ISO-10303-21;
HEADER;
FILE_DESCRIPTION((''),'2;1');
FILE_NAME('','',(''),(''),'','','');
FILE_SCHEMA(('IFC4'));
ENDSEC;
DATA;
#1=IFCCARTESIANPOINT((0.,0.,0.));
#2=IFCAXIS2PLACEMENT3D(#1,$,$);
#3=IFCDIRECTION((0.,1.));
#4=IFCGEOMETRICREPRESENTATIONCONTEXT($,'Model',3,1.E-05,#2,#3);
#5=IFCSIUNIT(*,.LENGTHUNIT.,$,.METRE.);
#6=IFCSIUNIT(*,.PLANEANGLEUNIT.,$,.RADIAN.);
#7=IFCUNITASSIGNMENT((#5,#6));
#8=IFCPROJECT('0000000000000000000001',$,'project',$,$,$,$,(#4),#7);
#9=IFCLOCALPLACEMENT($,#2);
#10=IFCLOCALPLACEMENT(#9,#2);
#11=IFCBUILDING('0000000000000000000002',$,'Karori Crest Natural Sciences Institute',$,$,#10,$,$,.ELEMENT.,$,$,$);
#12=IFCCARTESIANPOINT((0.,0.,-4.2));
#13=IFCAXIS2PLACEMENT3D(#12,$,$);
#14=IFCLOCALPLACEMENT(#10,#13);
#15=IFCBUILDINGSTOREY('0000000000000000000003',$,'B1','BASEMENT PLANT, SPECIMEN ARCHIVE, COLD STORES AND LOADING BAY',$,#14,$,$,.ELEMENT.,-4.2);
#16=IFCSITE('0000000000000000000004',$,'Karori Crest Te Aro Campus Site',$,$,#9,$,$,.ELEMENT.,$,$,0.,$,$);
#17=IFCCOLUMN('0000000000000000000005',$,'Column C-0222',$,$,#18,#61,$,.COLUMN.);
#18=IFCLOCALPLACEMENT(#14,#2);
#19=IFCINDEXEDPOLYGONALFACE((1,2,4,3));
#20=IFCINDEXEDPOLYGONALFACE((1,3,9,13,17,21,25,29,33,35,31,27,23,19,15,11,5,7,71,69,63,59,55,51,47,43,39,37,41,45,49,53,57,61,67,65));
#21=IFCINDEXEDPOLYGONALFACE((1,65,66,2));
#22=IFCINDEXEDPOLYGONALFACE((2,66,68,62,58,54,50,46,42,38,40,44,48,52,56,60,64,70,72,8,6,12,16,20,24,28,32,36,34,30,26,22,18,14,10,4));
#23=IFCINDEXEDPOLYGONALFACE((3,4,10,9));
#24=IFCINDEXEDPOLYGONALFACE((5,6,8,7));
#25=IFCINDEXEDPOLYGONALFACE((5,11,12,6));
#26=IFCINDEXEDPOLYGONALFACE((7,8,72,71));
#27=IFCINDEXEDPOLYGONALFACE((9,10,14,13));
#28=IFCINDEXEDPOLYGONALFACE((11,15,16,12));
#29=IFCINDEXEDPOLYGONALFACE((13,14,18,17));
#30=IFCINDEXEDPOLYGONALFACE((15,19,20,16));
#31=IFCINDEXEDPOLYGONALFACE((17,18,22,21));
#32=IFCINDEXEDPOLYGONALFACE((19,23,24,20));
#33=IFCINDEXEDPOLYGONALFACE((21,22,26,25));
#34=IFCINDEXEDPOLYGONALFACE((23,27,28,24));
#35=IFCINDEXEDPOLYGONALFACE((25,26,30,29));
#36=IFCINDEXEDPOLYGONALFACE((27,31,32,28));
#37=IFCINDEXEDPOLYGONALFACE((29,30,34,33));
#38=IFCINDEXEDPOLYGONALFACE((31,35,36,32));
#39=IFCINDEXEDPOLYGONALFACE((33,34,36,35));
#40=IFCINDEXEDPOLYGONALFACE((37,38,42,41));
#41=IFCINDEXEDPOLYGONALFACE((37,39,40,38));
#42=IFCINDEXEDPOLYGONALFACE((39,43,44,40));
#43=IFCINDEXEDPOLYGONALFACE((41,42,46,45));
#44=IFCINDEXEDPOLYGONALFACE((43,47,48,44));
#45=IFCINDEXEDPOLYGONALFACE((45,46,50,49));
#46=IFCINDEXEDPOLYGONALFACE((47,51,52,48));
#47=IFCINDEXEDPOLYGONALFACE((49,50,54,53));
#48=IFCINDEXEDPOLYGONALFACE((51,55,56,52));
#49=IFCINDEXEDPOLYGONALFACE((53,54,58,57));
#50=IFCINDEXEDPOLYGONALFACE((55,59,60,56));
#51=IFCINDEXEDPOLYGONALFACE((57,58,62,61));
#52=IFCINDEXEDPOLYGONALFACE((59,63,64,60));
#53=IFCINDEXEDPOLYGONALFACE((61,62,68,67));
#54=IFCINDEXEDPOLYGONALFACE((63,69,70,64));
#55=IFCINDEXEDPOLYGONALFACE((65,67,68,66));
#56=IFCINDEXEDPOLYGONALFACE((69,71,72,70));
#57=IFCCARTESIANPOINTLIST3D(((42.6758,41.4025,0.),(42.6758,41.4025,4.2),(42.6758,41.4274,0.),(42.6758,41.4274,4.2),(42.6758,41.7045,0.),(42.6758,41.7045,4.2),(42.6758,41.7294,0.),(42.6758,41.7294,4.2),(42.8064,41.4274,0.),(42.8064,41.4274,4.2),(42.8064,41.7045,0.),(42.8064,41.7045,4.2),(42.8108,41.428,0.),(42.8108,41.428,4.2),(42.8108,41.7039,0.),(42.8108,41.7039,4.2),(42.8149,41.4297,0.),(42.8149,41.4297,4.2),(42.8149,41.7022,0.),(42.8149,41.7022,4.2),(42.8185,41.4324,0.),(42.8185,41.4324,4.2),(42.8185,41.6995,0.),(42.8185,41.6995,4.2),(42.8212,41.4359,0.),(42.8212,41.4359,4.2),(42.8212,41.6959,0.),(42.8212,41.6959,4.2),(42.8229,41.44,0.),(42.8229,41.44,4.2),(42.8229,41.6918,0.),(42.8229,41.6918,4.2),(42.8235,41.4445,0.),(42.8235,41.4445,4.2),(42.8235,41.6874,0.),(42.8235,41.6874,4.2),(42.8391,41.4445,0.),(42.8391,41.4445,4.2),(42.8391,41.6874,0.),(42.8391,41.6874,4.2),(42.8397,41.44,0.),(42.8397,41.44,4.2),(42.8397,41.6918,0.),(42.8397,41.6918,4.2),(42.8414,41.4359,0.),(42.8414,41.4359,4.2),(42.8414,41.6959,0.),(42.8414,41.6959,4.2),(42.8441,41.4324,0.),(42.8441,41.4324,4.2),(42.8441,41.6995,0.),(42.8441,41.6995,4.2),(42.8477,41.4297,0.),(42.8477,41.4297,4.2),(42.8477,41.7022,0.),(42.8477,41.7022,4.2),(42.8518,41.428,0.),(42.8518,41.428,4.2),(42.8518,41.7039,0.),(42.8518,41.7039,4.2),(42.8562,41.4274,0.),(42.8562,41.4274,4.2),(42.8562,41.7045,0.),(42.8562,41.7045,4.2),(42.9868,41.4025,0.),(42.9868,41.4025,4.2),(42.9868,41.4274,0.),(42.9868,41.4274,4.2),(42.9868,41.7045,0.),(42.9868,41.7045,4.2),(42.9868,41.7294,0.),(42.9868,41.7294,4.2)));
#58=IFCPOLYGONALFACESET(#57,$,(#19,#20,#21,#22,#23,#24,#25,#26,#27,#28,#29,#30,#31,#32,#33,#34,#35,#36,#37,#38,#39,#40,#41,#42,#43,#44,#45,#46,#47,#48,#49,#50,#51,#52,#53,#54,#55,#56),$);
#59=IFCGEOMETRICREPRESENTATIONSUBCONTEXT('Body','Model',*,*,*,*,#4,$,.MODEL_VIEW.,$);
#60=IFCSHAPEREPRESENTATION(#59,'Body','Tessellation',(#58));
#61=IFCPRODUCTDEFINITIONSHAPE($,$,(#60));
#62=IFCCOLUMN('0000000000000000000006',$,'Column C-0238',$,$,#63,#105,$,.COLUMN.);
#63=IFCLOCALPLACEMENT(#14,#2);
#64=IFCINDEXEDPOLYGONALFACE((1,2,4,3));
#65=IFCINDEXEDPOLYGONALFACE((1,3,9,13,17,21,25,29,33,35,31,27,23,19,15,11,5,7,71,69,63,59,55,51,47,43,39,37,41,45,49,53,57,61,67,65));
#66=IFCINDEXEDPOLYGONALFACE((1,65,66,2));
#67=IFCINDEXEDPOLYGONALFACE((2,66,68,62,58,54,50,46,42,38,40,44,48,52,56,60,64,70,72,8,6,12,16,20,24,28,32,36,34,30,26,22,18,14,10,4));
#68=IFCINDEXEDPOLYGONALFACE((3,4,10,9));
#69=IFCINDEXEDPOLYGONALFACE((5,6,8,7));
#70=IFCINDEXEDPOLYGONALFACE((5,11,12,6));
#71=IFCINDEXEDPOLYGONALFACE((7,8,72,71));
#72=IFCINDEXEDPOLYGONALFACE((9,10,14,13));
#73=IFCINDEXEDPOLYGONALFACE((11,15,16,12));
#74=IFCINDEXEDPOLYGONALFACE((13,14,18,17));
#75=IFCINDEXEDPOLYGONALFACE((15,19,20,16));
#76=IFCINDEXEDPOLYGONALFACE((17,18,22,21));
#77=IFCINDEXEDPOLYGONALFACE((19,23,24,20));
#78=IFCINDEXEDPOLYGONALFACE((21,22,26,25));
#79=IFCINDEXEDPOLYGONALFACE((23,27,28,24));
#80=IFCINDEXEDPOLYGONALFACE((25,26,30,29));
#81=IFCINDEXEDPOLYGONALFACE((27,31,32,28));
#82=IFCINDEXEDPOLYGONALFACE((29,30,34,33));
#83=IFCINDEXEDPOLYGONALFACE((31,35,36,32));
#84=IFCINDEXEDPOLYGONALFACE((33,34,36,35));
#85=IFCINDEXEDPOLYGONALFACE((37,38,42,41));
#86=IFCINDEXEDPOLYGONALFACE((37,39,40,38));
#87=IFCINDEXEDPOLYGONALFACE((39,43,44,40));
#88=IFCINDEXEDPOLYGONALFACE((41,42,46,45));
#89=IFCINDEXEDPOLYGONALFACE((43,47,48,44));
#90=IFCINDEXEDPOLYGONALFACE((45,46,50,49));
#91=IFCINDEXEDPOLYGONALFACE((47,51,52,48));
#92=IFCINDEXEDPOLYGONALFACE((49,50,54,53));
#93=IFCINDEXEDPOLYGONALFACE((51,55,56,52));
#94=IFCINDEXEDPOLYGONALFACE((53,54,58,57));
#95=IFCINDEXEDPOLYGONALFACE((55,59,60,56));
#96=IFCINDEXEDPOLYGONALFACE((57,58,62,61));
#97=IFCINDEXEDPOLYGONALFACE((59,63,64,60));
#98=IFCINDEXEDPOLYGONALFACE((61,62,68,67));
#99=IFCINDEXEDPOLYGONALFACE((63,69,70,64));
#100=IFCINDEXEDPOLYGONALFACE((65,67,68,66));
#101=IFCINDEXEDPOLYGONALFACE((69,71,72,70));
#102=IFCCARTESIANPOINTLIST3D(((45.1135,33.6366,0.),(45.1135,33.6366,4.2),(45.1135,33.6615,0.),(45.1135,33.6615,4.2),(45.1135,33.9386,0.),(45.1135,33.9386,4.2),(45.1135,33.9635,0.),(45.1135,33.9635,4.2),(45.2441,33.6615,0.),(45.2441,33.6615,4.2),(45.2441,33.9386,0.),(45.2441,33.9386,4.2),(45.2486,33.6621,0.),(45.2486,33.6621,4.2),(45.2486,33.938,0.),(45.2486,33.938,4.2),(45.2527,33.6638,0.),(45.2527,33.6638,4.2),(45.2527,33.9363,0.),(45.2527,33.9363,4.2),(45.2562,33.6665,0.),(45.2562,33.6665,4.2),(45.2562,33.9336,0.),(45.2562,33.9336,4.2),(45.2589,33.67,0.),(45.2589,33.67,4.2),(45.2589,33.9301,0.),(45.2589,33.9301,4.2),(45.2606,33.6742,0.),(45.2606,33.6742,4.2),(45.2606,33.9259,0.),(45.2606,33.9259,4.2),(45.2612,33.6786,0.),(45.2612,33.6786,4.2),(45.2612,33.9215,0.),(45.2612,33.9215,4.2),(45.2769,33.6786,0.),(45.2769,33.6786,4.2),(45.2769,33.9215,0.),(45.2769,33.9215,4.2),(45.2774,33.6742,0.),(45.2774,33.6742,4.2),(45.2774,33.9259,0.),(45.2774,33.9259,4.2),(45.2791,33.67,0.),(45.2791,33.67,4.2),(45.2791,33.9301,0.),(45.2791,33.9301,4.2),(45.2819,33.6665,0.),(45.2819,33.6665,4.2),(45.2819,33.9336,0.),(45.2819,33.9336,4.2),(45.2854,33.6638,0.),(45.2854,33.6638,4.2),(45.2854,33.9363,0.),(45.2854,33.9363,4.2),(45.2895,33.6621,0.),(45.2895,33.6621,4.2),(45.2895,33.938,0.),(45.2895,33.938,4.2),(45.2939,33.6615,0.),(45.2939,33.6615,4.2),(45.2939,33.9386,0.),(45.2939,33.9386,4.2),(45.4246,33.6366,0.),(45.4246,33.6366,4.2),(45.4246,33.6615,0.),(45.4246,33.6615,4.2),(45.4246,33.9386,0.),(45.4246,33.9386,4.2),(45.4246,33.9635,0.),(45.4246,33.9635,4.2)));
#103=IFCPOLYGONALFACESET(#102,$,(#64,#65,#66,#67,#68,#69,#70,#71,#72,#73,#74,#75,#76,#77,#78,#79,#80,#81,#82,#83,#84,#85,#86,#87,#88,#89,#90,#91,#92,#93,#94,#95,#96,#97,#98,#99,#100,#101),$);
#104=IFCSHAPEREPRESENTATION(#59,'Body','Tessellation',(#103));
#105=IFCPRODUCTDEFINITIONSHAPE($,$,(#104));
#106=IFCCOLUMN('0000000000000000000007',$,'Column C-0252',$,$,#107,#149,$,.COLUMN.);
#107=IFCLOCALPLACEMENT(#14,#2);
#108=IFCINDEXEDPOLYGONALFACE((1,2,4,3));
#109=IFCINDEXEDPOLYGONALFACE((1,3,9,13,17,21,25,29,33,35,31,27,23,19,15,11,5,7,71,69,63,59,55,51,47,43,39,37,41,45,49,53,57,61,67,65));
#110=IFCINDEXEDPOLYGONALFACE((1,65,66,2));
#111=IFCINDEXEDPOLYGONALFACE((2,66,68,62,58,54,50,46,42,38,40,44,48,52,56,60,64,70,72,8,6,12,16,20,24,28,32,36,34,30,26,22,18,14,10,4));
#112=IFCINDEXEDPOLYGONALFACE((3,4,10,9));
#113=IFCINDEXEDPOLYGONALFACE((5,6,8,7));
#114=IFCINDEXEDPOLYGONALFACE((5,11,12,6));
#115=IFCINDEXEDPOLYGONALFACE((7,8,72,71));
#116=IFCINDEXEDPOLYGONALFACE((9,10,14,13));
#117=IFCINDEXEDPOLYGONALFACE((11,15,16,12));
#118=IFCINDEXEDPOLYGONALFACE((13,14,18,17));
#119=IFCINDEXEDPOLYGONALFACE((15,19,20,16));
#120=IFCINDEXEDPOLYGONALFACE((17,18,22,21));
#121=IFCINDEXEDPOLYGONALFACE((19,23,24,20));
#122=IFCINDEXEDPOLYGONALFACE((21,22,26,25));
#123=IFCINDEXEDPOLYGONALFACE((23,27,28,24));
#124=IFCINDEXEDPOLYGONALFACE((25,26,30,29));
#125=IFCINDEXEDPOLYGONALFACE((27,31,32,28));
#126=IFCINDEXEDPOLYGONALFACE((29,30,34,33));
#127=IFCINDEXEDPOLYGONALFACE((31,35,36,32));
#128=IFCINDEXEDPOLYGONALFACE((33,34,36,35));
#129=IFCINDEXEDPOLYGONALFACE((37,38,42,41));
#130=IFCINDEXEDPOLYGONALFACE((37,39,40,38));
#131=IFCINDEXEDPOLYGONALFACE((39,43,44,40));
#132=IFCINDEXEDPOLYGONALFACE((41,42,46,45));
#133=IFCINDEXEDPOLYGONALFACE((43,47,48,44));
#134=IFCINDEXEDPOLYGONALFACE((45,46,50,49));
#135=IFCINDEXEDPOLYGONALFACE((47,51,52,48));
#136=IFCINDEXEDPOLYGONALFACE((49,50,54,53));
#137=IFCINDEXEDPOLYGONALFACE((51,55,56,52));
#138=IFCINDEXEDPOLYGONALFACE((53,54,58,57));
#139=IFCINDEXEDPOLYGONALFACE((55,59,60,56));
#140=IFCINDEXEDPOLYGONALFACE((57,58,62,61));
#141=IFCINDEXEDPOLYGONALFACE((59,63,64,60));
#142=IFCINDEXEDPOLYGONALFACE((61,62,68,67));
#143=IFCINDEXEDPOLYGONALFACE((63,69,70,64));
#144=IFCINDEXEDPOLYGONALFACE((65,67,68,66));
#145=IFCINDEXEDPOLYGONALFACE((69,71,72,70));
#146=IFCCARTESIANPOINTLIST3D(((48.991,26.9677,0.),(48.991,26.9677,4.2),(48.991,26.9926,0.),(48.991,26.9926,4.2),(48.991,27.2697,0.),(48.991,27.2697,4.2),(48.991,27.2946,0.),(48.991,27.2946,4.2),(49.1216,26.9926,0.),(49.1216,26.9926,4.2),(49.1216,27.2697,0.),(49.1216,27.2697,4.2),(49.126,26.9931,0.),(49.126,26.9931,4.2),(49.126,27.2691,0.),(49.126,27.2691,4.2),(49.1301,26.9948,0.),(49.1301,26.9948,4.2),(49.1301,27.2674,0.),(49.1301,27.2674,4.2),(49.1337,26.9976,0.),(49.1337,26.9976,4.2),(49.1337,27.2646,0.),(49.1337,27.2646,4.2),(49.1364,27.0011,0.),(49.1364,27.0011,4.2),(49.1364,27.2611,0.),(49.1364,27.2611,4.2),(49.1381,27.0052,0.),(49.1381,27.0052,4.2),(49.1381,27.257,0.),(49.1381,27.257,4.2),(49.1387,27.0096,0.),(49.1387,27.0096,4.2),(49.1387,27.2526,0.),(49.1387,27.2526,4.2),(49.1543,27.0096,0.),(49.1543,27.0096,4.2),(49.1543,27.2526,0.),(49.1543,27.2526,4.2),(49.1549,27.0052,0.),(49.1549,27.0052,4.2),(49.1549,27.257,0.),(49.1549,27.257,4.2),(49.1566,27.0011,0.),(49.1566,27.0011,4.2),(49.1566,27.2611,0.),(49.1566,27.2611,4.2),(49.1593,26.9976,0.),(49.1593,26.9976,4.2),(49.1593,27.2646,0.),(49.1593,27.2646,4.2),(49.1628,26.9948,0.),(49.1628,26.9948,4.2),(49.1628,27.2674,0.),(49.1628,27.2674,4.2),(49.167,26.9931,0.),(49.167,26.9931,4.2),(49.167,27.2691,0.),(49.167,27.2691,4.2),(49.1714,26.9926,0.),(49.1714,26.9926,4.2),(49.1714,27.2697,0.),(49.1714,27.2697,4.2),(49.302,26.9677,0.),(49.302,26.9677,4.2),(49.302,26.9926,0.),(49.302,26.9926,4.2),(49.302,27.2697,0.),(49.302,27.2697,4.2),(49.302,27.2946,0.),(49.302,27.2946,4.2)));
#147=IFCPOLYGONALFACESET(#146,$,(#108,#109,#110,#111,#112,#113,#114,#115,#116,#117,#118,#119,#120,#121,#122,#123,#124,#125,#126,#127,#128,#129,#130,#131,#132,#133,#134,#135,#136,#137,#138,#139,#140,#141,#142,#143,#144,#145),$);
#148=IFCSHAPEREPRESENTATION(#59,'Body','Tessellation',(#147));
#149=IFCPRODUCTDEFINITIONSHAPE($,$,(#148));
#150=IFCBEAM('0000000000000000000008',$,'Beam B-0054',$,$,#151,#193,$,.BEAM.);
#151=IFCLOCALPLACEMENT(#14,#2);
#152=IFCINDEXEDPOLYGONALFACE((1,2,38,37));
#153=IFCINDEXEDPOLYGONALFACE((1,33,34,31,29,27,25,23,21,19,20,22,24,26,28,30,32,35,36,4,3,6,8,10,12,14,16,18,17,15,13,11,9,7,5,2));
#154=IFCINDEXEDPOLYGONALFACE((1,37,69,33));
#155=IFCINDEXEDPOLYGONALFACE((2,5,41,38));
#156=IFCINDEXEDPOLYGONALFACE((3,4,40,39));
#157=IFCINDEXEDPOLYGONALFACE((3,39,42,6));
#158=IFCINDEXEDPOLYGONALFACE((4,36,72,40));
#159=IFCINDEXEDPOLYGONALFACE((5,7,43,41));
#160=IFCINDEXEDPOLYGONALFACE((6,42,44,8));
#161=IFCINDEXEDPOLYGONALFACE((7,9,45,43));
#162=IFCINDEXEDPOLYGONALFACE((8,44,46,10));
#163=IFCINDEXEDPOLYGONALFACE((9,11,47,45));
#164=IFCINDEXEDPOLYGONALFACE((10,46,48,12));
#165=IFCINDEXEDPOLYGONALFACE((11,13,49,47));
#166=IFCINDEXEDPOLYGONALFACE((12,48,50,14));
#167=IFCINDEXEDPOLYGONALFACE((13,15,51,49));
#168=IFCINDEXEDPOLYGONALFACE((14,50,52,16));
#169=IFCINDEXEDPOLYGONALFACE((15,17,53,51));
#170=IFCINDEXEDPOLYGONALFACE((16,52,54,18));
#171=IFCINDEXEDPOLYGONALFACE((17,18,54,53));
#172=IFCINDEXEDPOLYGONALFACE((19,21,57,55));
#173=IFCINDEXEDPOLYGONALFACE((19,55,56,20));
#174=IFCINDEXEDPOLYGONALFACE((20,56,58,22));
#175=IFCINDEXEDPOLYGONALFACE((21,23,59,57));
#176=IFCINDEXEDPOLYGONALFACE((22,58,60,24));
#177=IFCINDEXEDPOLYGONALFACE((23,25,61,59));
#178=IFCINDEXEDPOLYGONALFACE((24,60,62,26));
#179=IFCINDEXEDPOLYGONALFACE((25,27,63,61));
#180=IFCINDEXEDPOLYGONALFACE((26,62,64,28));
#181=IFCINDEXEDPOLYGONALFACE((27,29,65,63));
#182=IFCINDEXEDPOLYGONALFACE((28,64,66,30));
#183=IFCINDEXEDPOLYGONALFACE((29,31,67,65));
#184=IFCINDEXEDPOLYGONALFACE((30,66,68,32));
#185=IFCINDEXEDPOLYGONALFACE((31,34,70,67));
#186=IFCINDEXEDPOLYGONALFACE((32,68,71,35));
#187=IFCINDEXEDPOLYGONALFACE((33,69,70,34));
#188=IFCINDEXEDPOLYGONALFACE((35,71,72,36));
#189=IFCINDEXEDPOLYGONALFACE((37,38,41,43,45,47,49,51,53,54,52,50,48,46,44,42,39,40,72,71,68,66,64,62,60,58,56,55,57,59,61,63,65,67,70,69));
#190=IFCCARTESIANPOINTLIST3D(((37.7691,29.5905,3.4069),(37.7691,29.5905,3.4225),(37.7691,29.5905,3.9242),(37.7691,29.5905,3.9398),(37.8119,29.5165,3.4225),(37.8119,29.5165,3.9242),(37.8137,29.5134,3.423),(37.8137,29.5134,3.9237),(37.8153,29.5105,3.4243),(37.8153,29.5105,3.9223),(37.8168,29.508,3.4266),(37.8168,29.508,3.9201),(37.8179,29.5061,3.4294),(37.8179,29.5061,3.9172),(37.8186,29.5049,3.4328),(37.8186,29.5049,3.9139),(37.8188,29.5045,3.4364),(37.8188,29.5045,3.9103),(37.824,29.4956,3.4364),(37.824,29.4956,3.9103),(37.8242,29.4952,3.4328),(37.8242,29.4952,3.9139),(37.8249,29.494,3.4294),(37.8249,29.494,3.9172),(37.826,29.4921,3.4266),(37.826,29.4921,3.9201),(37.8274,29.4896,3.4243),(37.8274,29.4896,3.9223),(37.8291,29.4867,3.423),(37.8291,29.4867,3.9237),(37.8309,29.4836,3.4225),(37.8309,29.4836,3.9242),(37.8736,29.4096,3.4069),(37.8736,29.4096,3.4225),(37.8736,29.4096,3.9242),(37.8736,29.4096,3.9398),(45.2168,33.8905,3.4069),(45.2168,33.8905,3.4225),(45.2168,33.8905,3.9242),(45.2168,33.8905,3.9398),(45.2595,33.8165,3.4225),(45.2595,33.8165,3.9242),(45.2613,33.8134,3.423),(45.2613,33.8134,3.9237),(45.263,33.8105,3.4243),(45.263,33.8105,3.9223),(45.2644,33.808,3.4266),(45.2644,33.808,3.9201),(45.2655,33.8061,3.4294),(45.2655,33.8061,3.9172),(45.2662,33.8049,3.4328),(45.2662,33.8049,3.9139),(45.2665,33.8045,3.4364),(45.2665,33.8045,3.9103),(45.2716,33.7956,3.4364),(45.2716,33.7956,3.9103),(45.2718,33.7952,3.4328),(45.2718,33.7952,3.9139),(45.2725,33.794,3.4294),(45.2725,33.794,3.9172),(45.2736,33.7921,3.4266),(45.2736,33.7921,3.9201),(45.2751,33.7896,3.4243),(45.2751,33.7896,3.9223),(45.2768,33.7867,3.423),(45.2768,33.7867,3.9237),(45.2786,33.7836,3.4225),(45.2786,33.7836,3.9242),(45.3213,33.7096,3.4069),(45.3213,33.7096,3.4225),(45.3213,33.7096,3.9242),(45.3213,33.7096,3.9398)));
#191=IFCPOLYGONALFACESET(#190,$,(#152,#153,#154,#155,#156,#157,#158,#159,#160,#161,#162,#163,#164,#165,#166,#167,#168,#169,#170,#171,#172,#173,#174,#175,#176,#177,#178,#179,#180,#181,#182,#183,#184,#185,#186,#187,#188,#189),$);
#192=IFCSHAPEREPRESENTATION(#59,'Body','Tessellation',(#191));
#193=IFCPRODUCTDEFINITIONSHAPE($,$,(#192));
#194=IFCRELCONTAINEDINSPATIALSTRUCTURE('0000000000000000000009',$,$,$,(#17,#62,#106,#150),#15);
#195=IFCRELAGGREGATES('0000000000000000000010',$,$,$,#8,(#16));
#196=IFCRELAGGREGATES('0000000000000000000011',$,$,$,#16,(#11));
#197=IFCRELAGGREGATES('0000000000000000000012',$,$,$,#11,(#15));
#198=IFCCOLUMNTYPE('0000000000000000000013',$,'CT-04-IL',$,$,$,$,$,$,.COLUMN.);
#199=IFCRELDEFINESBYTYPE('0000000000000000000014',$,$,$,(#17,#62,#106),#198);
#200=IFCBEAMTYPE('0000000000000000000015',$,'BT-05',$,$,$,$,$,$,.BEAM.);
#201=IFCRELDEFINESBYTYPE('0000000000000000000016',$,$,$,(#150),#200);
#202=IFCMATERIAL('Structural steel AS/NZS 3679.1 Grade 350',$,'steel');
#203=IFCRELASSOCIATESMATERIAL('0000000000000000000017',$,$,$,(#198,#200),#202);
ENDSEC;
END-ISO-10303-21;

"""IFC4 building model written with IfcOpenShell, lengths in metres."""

from ifc_helpers import new_model, si_unit, direction, frame, origin, origin_2d, place, context, subcontext, project, spatial, i_section, extrude, material, material_profile, profile_set, type_object, element, save


model = new_model("IFC4")

# Units and contexts
model_context = context("Model", 3, precision=1e-05, world=origin(), true_north=direction((0.0, 1.0)))
body_context = subcontext(model_context, "Body", "Model", "MODEL_VIEW")
ifc_project = project(units=[si_unit("LENGTHUNIT", "METRE"), si_unit("PLANEANGLEUNIT", "RADIAN")], contexts=[model_context])

# Site, building, storey
site_placement = place(None, origin())
site = spatial("IfcSite", under=ifc_project, at=site_placement, Name="Karori Crest Te Aro Campus Site", CompositionType="ELEMENT", RefElevation=0.0)
building_placement = place(site_placement, origin())
building = spatial("IfcBuilding", under=site, at=building_placement, Name="Karori Crest Natural Sciences Institute", CompositionType="ELEMENT")
storey_placement = place(building_placement, frame((0.0, 0.0, -4.2)))
storey = spatial("IfcBuildingStorey", under=building, at=storey_placement, Name="B1", Description="BASEMENT PLANT, SPECIMEN ARCHIVE, COLD STORES AND LOADING BAY", CompositionType="ELEMENT", Elevation=-4.2)

# Columns
ifc_material_1 = material(Name="Structural steel AS/NZS 3679.1 Grade 350", Category="steel")
ifc_material_profile_1 = material_profile(ifc_material_1, i_section(OverallWidth=0.311, OverallDepth=0.3269, WebThickness=0.0156, FlangeThickness=0.0249, FilletRadius=0.0171, at=origin_2d()), Name="310UC158")
ifc_profile_set_1 = profile_set([ifc_material_profile_1], Name="Structural steel AS/NZS 3679.1 Grade 350")
column_type_1 = type_object("IfcColumnType", Name="CT-04-IL", PredefinedType="COLUMN", material=ifc_profile_set_1)
for number, where, z_axis, x_axis, name in (
    (1, (42.8313, 41.5659, 0.0), (0.0, 0.0, 1.0), (1.0, 0.0, 0.0), "Column C-0222"),
    (2, (45.269, 33.8, 0.0), (0.0, 0.0, 1.0), (1.0, 0.0, 0.0), "Column C-0238"),
    (3, (49.1465, 27.1311, 0.0), (0.0, 0.0, 1.0), (1.0, 0.0, 0.0), "Column C-0252"),
):
    element("IfcColumn", number, at=place(storey_placement, frame(where, z_axis=z_axis, x_axis=x_axis)), inside=storey, type_object=column_type_1, Name=name, PredefinedType="COLUMN", context=body_context, shape_type="SweptSolid", body=[
        extrude(i_section(OverallWidth=0.311, OverallDepth=0.3269, WebThickness=0.0156, FlangeThickness=0.0249, FilletRadius=0.0171, at=origin_2d()), origin(), (0.0, 0.0, 1.0), 4.2),
    ])

# Beam
ifc_material_profile_2 = material_profile(ifc_material_1, i_section(OverallWidth=0.209, OverallDepth=0.533, WebThickness=0.0103, FlangeThickness=0.0156, FilletRadius=0.0139, at=origin_2d()), Name="530UB92.4")
ifc_profile_set_2 = profile_set([ifc_material_profile_2], Name="Structural steel AS/NZS 3679.1 Grade 350")
beam_type_1 = type_object("IfcBeamType", Name="BT-05", PredefinedType="BEAM", material=ifc_profile_set_2)
beam_1_placement = place(storey_placement, frame((45.269, 33.8, 3.6733), z_axis=(-0.866021, -0.500008, 0.0), x_axis=(0.500008, -0.866021, 0.0)))
element("IfcBeam", 4, at=beam_1_placement, inside=storey, type_object=beam_type_1, Name="Beam B-0054", PredefinedType="BEAM", context=body_context, shape_type="SweptSolid", body=[
    extrude(i_section(OverallWidth=0.209, OverallDepth=0.533, WebThickness=0.0103, FlangeThickness=0.0156, FilletRadius=0.0139, at=origin_2d()), origin(), (0.0, 0.0, 1.0), 8.5999),
])

save(model, "model.ifc")
